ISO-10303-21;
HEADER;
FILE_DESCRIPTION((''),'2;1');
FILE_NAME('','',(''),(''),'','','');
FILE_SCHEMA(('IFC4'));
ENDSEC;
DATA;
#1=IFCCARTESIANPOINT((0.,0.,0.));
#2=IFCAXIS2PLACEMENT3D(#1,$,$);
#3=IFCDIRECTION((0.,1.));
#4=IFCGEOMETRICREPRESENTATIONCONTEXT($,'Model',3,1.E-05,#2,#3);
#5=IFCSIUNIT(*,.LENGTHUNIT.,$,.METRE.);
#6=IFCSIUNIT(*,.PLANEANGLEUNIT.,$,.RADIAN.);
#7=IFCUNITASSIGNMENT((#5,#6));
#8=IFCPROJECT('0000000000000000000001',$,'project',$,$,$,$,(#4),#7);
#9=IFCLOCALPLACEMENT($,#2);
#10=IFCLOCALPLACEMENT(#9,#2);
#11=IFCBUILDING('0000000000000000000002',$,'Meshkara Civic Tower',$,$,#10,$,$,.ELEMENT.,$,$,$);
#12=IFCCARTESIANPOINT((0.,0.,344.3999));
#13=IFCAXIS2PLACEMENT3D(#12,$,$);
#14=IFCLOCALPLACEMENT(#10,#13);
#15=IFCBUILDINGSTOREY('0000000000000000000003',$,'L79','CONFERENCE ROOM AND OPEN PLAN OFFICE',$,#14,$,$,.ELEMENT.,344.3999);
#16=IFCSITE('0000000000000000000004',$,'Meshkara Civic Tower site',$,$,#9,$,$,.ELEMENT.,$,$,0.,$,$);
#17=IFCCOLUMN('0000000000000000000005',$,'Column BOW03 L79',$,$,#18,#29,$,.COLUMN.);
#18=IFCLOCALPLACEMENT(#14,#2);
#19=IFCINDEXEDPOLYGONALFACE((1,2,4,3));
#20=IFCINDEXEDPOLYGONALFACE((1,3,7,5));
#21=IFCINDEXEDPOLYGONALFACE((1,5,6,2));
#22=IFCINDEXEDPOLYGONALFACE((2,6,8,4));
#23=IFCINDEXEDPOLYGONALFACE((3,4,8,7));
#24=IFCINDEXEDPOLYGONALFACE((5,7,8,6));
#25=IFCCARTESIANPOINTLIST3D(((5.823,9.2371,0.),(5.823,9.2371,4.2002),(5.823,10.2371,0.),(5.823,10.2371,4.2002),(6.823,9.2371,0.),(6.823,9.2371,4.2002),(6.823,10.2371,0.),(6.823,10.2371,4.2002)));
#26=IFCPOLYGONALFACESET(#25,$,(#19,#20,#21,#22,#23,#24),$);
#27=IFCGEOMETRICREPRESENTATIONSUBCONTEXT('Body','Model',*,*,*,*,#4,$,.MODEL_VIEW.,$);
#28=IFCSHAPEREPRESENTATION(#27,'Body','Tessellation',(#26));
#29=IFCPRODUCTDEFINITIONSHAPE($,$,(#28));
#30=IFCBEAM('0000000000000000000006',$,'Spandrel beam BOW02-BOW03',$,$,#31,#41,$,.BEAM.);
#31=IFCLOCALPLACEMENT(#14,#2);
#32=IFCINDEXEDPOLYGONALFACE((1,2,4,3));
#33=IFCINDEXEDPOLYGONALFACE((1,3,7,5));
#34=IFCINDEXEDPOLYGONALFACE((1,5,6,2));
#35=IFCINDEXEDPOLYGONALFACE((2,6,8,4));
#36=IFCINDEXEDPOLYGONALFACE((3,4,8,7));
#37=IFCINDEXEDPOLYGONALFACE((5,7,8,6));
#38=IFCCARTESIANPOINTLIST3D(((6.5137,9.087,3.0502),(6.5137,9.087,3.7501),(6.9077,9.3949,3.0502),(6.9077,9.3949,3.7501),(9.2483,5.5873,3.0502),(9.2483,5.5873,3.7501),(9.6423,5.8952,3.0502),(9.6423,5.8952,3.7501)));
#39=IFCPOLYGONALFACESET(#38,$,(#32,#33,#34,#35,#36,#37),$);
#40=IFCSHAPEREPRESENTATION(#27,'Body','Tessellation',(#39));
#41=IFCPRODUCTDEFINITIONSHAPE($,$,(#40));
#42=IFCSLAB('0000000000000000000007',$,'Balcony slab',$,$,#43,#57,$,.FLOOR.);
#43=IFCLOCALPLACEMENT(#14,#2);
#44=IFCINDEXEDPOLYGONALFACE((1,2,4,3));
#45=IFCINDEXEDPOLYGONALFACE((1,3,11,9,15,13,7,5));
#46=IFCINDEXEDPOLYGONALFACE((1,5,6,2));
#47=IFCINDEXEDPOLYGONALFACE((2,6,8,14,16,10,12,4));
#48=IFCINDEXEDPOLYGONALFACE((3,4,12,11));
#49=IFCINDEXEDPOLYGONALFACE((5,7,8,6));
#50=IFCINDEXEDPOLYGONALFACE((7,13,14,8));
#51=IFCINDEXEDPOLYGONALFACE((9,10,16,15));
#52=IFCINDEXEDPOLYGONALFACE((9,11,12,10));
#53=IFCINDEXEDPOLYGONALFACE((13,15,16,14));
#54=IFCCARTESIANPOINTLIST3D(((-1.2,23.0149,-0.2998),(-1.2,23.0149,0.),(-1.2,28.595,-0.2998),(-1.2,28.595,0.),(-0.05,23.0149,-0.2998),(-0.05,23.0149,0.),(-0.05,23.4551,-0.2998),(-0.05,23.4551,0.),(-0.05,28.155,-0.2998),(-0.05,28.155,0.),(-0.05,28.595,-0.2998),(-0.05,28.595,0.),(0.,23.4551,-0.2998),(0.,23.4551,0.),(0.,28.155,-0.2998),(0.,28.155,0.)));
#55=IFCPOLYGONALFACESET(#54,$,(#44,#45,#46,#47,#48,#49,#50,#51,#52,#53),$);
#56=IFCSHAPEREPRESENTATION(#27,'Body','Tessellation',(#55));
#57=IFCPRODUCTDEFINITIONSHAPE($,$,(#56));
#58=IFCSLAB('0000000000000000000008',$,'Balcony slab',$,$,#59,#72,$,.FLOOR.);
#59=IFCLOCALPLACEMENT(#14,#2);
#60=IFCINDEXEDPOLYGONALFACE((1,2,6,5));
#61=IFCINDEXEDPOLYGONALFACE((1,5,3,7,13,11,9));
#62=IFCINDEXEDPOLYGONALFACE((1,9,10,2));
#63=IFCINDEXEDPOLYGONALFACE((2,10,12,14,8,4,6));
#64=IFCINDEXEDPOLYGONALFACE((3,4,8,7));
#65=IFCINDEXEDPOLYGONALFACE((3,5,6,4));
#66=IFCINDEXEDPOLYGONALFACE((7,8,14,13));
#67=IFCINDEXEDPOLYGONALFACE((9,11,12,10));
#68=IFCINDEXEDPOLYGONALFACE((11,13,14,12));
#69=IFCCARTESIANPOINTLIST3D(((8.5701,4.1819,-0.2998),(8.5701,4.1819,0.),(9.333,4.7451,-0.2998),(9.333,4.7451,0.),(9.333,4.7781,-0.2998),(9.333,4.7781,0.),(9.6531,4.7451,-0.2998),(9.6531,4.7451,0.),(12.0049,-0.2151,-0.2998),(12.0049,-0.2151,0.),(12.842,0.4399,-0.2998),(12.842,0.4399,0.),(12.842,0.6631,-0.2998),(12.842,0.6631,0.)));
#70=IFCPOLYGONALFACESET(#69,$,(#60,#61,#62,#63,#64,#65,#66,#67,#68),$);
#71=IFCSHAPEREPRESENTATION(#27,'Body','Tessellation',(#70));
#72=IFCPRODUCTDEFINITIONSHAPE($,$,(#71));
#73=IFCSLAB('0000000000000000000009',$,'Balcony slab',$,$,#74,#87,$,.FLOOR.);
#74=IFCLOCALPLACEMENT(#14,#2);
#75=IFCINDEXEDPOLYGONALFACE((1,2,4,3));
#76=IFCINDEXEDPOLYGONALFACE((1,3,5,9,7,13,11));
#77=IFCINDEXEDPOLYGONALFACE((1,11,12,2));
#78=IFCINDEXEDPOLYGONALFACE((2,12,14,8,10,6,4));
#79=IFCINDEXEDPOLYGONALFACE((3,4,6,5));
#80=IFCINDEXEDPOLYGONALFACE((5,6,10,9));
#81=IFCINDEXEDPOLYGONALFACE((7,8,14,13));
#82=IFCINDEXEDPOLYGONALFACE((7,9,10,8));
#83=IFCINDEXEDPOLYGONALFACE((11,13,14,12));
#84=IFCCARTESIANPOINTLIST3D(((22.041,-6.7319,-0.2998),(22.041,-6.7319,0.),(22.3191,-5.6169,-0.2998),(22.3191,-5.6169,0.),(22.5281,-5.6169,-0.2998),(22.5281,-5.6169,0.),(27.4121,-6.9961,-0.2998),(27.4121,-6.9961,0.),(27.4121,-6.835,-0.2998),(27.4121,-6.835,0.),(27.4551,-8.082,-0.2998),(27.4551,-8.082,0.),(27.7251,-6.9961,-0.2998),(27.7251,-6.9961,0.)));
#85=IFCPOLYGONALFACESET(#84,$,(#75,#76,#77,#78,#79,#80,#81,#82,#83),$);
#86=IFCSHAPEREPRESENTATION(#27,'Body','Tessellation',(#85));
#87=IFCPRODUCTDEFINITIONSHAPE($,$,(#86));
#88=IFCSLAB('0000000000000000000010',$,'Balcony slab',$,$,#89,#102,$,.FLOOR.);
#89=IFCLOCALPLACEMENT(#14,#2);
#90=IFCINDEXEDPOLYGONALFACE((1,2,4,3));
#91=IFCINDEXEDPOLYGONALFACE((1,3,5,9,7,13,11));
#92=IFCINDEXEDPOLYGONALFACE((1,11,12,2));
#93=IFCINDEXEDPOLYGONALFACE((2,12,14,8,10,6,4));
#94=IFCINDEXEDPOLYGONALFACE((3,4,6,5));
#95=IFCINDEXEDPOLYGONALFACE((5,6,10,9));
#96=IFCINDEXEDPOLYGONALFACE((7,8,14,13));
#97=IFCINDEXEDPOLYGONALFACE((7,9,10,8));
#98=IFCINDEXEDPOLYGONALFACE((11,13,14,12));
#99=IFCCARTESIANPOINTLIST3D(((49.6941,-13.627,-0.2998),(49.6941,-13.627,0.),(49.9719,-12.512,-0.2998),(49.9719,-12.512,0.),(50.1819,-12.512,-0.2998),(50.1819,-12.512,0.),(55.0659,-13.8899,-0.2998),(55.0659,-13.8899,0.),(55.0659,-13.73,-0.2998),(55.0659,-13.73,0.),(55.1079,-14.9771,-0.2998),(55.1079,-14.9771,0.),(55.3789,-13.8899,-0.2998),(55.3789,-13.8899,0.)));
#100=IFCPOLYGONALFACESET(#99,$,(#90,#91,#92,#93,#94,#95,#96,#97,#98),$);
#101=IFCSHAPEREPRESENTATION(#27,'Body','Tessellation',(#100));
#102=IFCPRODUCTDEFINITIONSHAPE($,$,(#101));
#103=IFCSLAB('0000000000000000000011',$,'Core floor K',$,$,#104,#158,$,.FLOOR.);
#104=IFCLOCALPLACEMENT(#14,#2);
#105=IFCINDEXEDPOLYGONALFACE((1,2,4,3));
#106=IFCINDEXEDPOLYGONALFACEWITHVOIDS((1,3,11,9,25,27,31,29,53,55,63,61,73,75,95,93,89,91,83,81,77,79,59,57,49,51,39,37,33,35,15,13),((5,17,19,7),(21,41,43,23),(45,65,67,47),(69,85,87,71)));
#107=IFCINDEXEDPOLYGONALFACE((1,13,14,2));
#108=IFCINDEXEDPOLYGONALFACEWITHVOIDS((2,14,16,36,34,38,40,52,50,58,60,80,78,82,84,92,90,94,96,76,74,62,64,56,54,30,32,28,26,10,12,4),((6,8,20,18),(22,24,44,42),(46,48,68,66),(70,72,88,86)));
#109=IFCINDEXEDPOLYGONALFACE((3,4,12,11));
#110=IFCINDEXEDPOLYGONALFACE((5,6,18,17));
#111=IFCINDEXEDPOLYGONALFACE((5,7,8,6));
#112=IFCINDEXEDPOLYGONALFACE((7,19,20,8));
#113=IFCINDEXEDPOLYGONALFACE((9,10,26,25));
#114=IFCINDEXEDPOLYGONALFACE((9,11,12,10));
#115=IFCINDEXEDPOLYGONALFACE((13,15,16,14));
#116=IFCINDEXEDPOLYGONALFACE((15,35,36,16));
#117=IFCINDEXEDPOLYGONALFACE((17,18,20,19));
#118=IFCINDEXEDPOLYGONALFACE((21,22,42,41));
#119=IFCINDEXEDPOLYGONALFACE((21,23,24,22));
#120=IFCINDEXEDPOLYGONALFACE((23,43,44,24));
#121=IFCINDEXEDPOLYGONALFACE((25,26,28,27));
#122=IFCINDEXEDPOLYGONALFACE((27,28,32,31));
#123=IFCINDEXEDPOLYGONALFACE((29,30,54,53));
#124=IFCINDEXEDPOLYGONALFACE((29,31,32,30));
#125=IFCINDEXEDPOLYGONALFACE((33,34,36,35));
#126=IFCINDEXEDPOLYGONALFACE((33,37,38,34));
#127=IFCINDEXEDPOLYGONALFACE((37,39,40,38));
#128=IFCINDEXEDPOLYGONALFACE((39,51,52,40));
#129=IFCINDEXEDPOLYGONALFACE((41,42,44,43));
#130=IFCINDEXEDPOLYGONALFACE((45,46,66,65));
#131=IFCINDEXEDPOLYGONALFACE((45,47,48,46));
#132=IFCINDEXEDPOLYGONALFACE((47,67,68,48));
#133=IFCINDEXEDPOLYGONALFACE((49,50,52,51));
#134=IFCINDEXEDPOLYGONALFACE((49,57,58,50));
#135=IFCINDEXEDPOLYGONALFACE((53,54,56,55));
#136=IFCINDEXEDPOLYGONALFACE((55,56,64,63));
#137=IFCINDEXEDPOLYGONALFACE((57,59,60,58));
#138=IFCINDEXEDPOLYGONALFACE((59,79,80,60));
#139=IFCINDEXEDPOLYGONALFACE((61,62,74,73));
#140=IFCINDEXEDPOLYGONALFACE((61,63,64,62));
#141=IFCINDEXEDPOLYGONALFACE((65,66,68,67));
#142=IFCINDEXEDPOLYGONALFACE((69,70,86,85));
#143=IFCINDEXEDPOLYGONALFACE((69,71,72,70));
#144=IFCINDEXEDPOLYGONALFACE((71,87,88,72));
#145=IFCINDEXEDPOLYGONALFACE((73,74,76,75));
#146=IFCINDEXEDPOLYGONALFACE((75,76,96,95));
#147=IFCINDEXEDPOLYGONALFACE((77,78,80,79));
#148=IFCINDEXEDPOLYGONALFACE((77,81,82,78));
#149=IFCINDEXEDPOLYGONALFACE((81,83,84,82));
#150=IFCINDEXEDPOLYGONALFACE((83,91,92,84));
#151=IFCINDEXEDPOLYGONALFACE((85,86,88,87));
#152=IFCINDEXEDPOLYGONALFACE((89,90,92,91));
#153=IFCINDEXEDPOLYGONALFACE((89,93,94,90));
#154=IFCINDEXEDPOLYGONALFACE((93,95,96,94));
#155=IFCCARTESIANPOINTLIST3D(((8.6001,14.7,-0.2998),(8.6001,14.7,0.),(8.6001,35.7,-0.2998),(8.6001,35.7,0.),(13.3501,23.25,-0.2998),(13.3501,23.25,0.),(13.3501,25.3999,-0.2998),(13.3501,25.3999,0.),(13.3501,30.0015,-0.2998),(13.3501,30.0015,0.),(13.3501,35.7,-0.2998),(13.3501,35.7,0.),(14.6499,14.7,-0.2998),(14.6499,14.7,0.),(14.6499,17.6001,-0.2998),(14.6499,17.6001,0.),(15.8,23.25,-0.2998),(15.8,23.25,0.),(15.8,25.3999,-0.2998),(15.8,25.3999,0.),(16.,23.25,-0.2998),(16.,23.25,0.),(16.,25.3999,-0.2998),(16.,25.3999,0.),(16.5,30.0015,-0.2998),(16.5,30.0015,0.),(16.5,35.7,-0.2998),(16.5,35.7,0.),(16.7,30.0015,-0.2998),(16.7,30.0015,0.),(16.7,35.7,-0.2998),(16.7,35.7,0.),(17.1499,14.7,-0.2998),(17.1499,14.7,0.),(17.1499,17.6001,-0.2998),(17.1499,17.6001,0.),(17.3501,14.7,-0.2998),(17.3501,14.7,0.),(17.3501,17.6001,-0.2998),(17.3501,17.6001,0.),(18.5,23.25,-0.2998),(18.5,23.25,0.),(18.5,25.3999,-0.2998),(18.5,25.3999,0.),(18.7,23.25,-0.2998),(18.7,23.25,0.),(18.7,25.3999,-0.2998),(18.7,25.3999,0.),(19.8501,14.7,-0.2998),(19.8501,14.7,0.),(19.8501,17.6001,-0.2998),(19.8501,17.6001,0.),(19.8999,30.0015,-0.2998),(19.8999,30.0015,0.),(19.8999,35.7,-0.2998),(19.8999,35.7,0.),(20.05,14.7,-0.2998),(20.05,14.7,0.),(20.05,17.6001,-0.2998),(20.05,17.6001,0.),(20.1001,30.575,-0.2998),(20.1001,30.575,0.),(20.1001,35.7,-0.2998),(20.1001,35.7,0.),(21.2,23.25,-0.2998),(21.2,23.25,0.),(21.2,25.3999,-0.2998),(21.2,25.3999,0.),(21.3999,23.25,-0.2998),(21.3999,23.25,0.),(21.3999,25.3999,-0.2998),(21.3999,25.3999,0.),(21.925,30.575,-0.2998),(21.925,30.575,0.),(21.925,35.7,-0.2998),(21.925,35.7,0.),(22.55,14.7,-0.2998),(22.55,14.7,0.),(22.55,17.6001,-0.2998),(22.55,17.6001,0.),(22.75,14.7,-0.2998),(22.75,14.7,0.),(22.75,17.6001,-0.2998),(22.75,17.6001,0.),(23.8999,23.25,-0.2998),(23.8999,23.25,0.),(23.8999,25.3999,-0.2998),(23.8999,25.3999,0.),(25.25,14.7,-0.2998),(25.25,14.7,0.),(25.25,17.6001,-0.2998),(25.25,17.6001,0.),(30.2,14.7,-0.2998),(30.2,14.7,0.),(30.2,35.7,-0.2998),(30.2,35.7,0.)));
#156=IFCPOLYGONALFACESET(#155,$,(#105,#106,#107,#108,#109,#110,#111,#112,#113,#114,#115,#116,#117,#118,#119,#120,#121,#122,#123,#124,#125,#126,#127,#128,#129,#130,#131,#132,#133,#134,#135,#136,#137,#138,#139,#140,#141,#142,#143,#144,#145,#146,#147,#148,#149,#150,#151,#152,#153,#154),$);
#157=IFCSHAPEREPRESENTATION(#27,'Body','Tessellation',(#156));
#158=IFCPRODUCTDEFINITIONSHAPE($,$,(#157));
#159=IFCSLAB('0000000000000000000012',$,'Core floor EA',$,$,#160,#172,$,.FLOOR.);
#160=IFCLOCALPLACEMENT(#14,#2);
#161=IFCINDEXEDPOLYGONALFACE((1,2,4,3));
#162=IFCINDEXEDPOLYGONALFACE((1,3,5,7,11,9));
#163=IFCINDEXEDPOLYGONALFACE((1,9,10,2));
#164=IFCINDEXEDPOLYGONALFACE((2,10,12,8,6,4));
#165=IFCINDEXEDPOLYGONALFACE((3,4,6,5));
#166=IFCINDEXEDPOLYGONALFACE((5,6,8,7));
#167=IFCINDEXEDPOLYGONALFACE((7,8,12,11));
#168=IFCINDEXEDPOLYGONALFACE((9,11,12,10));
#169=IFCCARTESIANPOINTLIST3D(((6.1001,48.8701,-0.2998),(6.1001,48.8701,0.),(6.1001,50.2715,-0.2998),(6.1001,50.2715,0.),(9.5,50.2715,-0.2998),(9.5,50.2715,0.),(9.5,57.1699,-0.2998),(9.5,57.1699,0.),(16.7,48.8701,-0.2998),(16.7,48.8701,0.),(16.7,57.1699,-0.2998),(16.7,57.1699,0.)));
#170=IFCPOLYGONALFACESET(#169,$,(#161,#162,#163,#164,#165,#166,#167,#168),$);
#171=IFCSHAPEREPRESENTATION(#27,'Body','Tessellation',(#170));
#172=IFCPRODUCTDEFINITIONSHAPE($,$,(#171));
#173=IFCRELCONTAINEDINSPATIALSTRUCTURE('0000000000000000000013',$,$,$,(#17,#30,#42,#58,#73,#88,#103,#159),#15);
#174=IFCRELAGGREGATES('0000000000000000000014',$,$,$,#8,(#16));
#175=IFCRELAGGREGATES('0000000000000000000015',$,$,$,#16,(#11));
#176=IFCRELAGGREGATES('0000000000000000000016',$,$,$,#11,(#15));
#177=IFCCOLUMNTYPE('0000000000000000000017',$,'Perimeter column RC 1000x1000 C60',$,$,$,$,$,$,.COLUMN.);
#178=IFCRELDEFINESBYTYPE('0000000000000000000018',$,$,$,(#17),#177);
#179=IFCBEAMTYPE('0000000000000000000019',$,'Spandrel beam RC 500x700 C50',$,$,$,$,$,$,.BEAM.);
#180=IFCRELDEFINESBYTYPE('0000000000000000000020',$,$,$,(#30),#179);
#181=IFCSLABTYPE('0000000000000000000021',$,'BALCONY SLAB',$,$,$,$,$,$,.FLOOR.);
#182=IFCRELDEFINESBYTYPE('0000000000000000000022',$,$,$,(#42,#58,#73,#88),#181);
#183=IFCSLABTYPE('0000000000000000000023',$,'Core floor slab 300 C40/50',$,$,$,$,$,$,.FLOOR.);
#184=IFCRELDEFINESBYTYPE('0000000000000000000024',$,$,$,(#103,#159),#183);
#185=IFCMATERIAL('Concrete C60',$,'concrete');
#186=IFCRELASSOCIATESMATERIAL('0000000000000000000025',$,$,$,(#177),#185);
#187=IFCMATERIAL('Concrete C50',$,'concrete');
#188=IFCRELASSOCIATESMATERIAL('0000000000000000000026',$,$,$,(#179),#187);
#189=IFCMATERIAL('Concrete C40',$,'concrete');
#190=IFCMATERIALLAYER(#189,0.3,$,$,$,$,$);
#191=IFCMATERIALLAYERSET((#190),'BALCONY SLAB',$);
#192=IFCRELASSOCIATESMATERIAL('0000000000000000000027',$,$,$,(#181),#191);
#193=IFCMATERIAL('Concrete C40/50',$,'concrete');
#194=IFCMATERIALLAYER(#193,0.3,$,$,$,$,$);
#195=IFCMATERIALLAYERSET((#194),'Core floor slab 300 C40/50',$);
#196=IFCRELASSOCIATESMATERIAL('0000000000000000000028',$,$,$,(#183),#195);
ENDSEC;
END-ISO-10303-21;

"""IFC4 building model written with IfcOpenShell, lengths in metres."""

from ifc_helpers import new_model, si_unit, direction, frame, origin, origin_2d, place, context, subcontext, project, spatial, polyline, rectangle, outline, extrude, material, layer, layer_set, material_profile, profile_set, type_object, element, save


model = new_model("IFC4")

# Units and contexts
model_context = context("Model", 3, precision=1e-05, world=origin(), true_north=direction((0.0, 1.0)))
body_context = subcontext(model_context, "Body", "Model", "MODEL_VIEW")
ifc_project = project(units=[si_unit("LENGTHUNIT", "METRE"), si_unit("PLANEANGLEUNIT", "RADIAN")], contexts=[model_context])

# Site, building, storey
site_placement = place(None, origin())
site = spatial("IfcSite", under=ifc_project, at=site_placement, Name="Meshkara Civic Tower site", CompositionType="ELEMENT", RefElevation=0.0)
building_placement = place(site_placement, origin())
building = spatial("IfcBuilding", under=site, at=building_placement, Name="Meshkara Civic Tower", CompositionType="ELEMENT")
storey_placement = place(building_placement, frame((0.0, 0.0, 344.3999)))
storey = spatial("IfcBuildingStorey", under=building, at=storey_placement, Name="L79", Description="CONFERENCE ROOM AND OPEN PLAN OFFICE", CompositionType="ELEMENT", Elevation=344.3999)

# Column
ifc_material_1 = material(Name="Concrete C60", Category="concrete")
ifc_material_profile_1 = material_profile(ifc_material_1, rectangle(XDim=1.0, YDim=1.0, at=origin_2d()))
ifc_profile_set_1 = profile_set([ifc_material_profile_1], Name="Concrete C60")
column_type = type_object("IfcColumnType", Name="Perimeter column RC 1000x1000 C60", PredefinedType="COLUMN", material=ifc_profile_set_1)
column_placement = place(storey_placement, frame((6.323, 9.7371, 0.0), z_axis=(0.0, 0.0, 1.0), x_axis=(1.0, 0.0, 0.0)))
element("IfcColumn", 1, at=column_placement, inside=storey, type_object=column_type, Name="Column BOW03 L79", PredefinedType="COLUMN", context=body_context, shape_type="SweptSolid", body=[
    extrude(rectangle(XDim=1.0, YDim=1.0, at=origin_2d()), origin(), (0.0, 0.0, 1.0), 4.2002),
])

# Beam
ifc_material_2 = material(Name="Concrete C50", Category="concrete")
ifc_material_profile_2 = material_profile(ifc_material_2, rectangle(XDim=0.5, YDim=0.7, at=origin_2d()))
ifc_profile_set_2 = profile_set([ifc_material_profile_2], Name="Concrete C50")
beam_type = type_object("IfcBeamType", Name="Spandrel beam RC 500x700 C50", PredefinedType="BEAM", material=ifc_profile_set_2)
beam_placement = place(storey_placement, frame((6.7107, 9.241, 3.4001), z_axis=(0.615705, -0.787977, 0.0), x_axis=(0.787977, 0.615705, 0.0)))
element("IfcBeam", 2, at=beam_placement, inside=storey, type_object=beam_type, Name="Spandrel beam BOW02-BOW03", PredefinedType="BEAM", context=body_context, shape_type="SweptSolid", body=[
    extrude(rectangle(XDim=0.5, YDim=0.7, at=origin_2d()), origin(), (0.0, 0.0, 1.0), 4.4414),
])

# Slabs
ifc_material_3 = material(Name="Concrete C40", Category="concrete")
ifc_layer_1 = layer(ifc_material_3, 0.3)
ifc_layer_set_1 = layer_set([ifc_layer_1], Name="BALCONY SLAB")
slab_type_1 = type_object("IfcSlabType", Name="BALCONY SLAB", PredefinedType="FLOOR", material=ifc_layer_set_1)
slab_1_placement = place(storey_placement, frame((0.0, 0.0, -0.2998)))
element("IfcSlab", 3, at=slab_1_placement, inside=storey, type_object=slab_type_1, Name="Balcony slab", PredefinedType="FLOOR", context=body_context, shape_type="SweptSolid", body=[
    extrude(outline(polyline([(-1.2, 23.0149), (-1.2, 28.595), (-0.05, 28.595), (-0.05, 28.155), (0.0, 28.155), (0.0, 23.4551), (-0.05, 23.4551), (-0.05, 23.0149), (-1.2, 23.0149)])), origin(), (0.0, 0.0, 1.0), 0.2998),
])
slab_2_placement = place(storey_placement, frame((0.0, 0.0, -0.2998)))
element("IfcSlab", 4, at=slab_2_placement, inside=storey, type_object=slab_type_1, Name="Balcony slab", PredefinedType="FLOOR", context=body_context, shape_type="SweptSolid", body=[
    extrude(outline(polyline([(12.0049, -0.2151), (8.5701, 4.1819), (9.333, 4.7781), (9.333, 4.7451), (9.6531, 4.7451), (12.842, 0.6631), (12.842, 0.4399), (12.0049, -0.2151)])), origin(), (0.0, 0.0, 1.0), 0.2998),
])
slab_3_placement = place(storey_placement, frame((0.0, 0.0, -0.2998)))
element("IfcSlab", 5, at=slab_3_placement, inside=storey, type_object=slab_type_1, Name="Balcony slab", PredefinedType="FLOOR", context=body_context, shape_type="SweptSolid", body=[
    extrude(outline(polyline([(27.4551, -8.082), (22.041, -6.7319), (22.3191, -5.6169), (22.5281, -5.6169), (27.4121, -6.835), (27.4121, -6.9961), (27.7251, -6.9961), (27.4551, -8.082)])), origin(), (0.0, 0.0, 1.0), 0.2998),
])
slab_4_placement = place(storey_placement, frame((0.0, 0.0, -0.2998)))
element("IfcSlab", 6, at=slab_4_placement, inside=storey, type_object=slab_type_1, Name="Balcony slab", PredefinedType="FLOOR", context=body_context, shape_type="SweptSolid", body=[
    extrude(outline(polyline([(55.1079, -14.9771), (49.6941, -13.627), (49.9719, -12.512), (50.1819, -12.512), (55.0659, -13.73), (55.0659, -13.8899), (55.3789, -13.8899), (55.1079, -14.9771)])), origin(), (0.0, 0.0, 1.0), 0.2998),
])
ifc_material_4 = material(Name="Concrete C40/50", Category="concrete")
ifc_layer_2 = layer(ifc_material_4, 0.3)
ifc_layer_set_2 = layer_set([ifc_layer_2], Name="Core floor slab 300 C40/50")
slab_type_2 = type_object("IfcSlabType", Name="Core floor slab 300 C40/50", PredefinedType="FLOOR", material=ifc_layer_set_2)
slab_5_placement = place(storey_placement, frame((0.0, 0.0, -0.2998)))
element("IfcSlab", 7, at=slab_5_placement, inside=storey, type_object=slab_type_2, Name="Core floor K", PredefinedType="FLOOR", context=body_context, shape_type="SweptSolid", body=[
    extrude(outline(polyline([(8.6001, 35.7), (13.3501, 35.7), (13.3501, 30.0015), (16.5, 30.0015), (16.5, 35.7), (16.7, 35.7), (16.7, 30.0015), (19.8999, 30.0015), (19.8999, 35.7), (20.1001, 35.7), (20.1001, 30.575), (21.925, 30.575), (21.925, 35.7), (30.2, 35.7), (30.2, 14.7), (25.25, 14.7), (25.25, 17.6001), (22.75, 17.6001), (22.75, 14.7), (22.55, 14.7), (22.55, 17.6001), (20.05, 17.6001), (20.05, 14.7), (19.8501, 14.7), (19.8501, 17.6001), (17.3501, 17.6001), (17.3501, 14.7), (17.1499, 14.7), (17.1499, 17.6001), (14.6499, 17.6001), (14.6499, 14.7), (8.6001, 14.7), (8.6001, 35.7)]), holes=[polyline([(13.3501, 23.25), (15.8, 23.25), (15.8, 25.3999), (13.3501, 25.3999), (13.3501, 23.25)]), polyline([(18.5, 23.25), (18.5, 25.3999), (16.0, 25.3999), (16.0, 23.25), (18.5, 23.25)]), polyline([(18.7, 23.25), (21.2, 23.25), (21.2, 25.3999), (18.7, 25.3999), (18.7, 23.25)]), polyline([(23.8999, 23.25), (23.8999, 25.3999), (21.3999, 25.3999), (21.3999, 23.25), (23.8999, 23.25)])]), origin(), (0.0, 0.0, 1.0), 0.2998),
])
slab_6_placement = place(storey_placement, frame((0.0, 0.0, -0.2998)))
element("IfcSlab", 8, at=slab_6_placement, inside=storey, type_object=slab_type_2, Name="Core floor EA", PredefinedType="FLOOR", context=body_context, shape_type="SweptSolid", body=[
    extrude(outline(polyline([(16.7, 48.8701), (16.7, 57.1699), (9.5, 57.1699), (9.5, 50.2715), (6.1001, 50.2715), (6.1001, 48.8701), (16.7, 48.8701)])), origin(), (0.0, 0.0, 1.0), 0.2998),
])

save(model, "model.ifc")
